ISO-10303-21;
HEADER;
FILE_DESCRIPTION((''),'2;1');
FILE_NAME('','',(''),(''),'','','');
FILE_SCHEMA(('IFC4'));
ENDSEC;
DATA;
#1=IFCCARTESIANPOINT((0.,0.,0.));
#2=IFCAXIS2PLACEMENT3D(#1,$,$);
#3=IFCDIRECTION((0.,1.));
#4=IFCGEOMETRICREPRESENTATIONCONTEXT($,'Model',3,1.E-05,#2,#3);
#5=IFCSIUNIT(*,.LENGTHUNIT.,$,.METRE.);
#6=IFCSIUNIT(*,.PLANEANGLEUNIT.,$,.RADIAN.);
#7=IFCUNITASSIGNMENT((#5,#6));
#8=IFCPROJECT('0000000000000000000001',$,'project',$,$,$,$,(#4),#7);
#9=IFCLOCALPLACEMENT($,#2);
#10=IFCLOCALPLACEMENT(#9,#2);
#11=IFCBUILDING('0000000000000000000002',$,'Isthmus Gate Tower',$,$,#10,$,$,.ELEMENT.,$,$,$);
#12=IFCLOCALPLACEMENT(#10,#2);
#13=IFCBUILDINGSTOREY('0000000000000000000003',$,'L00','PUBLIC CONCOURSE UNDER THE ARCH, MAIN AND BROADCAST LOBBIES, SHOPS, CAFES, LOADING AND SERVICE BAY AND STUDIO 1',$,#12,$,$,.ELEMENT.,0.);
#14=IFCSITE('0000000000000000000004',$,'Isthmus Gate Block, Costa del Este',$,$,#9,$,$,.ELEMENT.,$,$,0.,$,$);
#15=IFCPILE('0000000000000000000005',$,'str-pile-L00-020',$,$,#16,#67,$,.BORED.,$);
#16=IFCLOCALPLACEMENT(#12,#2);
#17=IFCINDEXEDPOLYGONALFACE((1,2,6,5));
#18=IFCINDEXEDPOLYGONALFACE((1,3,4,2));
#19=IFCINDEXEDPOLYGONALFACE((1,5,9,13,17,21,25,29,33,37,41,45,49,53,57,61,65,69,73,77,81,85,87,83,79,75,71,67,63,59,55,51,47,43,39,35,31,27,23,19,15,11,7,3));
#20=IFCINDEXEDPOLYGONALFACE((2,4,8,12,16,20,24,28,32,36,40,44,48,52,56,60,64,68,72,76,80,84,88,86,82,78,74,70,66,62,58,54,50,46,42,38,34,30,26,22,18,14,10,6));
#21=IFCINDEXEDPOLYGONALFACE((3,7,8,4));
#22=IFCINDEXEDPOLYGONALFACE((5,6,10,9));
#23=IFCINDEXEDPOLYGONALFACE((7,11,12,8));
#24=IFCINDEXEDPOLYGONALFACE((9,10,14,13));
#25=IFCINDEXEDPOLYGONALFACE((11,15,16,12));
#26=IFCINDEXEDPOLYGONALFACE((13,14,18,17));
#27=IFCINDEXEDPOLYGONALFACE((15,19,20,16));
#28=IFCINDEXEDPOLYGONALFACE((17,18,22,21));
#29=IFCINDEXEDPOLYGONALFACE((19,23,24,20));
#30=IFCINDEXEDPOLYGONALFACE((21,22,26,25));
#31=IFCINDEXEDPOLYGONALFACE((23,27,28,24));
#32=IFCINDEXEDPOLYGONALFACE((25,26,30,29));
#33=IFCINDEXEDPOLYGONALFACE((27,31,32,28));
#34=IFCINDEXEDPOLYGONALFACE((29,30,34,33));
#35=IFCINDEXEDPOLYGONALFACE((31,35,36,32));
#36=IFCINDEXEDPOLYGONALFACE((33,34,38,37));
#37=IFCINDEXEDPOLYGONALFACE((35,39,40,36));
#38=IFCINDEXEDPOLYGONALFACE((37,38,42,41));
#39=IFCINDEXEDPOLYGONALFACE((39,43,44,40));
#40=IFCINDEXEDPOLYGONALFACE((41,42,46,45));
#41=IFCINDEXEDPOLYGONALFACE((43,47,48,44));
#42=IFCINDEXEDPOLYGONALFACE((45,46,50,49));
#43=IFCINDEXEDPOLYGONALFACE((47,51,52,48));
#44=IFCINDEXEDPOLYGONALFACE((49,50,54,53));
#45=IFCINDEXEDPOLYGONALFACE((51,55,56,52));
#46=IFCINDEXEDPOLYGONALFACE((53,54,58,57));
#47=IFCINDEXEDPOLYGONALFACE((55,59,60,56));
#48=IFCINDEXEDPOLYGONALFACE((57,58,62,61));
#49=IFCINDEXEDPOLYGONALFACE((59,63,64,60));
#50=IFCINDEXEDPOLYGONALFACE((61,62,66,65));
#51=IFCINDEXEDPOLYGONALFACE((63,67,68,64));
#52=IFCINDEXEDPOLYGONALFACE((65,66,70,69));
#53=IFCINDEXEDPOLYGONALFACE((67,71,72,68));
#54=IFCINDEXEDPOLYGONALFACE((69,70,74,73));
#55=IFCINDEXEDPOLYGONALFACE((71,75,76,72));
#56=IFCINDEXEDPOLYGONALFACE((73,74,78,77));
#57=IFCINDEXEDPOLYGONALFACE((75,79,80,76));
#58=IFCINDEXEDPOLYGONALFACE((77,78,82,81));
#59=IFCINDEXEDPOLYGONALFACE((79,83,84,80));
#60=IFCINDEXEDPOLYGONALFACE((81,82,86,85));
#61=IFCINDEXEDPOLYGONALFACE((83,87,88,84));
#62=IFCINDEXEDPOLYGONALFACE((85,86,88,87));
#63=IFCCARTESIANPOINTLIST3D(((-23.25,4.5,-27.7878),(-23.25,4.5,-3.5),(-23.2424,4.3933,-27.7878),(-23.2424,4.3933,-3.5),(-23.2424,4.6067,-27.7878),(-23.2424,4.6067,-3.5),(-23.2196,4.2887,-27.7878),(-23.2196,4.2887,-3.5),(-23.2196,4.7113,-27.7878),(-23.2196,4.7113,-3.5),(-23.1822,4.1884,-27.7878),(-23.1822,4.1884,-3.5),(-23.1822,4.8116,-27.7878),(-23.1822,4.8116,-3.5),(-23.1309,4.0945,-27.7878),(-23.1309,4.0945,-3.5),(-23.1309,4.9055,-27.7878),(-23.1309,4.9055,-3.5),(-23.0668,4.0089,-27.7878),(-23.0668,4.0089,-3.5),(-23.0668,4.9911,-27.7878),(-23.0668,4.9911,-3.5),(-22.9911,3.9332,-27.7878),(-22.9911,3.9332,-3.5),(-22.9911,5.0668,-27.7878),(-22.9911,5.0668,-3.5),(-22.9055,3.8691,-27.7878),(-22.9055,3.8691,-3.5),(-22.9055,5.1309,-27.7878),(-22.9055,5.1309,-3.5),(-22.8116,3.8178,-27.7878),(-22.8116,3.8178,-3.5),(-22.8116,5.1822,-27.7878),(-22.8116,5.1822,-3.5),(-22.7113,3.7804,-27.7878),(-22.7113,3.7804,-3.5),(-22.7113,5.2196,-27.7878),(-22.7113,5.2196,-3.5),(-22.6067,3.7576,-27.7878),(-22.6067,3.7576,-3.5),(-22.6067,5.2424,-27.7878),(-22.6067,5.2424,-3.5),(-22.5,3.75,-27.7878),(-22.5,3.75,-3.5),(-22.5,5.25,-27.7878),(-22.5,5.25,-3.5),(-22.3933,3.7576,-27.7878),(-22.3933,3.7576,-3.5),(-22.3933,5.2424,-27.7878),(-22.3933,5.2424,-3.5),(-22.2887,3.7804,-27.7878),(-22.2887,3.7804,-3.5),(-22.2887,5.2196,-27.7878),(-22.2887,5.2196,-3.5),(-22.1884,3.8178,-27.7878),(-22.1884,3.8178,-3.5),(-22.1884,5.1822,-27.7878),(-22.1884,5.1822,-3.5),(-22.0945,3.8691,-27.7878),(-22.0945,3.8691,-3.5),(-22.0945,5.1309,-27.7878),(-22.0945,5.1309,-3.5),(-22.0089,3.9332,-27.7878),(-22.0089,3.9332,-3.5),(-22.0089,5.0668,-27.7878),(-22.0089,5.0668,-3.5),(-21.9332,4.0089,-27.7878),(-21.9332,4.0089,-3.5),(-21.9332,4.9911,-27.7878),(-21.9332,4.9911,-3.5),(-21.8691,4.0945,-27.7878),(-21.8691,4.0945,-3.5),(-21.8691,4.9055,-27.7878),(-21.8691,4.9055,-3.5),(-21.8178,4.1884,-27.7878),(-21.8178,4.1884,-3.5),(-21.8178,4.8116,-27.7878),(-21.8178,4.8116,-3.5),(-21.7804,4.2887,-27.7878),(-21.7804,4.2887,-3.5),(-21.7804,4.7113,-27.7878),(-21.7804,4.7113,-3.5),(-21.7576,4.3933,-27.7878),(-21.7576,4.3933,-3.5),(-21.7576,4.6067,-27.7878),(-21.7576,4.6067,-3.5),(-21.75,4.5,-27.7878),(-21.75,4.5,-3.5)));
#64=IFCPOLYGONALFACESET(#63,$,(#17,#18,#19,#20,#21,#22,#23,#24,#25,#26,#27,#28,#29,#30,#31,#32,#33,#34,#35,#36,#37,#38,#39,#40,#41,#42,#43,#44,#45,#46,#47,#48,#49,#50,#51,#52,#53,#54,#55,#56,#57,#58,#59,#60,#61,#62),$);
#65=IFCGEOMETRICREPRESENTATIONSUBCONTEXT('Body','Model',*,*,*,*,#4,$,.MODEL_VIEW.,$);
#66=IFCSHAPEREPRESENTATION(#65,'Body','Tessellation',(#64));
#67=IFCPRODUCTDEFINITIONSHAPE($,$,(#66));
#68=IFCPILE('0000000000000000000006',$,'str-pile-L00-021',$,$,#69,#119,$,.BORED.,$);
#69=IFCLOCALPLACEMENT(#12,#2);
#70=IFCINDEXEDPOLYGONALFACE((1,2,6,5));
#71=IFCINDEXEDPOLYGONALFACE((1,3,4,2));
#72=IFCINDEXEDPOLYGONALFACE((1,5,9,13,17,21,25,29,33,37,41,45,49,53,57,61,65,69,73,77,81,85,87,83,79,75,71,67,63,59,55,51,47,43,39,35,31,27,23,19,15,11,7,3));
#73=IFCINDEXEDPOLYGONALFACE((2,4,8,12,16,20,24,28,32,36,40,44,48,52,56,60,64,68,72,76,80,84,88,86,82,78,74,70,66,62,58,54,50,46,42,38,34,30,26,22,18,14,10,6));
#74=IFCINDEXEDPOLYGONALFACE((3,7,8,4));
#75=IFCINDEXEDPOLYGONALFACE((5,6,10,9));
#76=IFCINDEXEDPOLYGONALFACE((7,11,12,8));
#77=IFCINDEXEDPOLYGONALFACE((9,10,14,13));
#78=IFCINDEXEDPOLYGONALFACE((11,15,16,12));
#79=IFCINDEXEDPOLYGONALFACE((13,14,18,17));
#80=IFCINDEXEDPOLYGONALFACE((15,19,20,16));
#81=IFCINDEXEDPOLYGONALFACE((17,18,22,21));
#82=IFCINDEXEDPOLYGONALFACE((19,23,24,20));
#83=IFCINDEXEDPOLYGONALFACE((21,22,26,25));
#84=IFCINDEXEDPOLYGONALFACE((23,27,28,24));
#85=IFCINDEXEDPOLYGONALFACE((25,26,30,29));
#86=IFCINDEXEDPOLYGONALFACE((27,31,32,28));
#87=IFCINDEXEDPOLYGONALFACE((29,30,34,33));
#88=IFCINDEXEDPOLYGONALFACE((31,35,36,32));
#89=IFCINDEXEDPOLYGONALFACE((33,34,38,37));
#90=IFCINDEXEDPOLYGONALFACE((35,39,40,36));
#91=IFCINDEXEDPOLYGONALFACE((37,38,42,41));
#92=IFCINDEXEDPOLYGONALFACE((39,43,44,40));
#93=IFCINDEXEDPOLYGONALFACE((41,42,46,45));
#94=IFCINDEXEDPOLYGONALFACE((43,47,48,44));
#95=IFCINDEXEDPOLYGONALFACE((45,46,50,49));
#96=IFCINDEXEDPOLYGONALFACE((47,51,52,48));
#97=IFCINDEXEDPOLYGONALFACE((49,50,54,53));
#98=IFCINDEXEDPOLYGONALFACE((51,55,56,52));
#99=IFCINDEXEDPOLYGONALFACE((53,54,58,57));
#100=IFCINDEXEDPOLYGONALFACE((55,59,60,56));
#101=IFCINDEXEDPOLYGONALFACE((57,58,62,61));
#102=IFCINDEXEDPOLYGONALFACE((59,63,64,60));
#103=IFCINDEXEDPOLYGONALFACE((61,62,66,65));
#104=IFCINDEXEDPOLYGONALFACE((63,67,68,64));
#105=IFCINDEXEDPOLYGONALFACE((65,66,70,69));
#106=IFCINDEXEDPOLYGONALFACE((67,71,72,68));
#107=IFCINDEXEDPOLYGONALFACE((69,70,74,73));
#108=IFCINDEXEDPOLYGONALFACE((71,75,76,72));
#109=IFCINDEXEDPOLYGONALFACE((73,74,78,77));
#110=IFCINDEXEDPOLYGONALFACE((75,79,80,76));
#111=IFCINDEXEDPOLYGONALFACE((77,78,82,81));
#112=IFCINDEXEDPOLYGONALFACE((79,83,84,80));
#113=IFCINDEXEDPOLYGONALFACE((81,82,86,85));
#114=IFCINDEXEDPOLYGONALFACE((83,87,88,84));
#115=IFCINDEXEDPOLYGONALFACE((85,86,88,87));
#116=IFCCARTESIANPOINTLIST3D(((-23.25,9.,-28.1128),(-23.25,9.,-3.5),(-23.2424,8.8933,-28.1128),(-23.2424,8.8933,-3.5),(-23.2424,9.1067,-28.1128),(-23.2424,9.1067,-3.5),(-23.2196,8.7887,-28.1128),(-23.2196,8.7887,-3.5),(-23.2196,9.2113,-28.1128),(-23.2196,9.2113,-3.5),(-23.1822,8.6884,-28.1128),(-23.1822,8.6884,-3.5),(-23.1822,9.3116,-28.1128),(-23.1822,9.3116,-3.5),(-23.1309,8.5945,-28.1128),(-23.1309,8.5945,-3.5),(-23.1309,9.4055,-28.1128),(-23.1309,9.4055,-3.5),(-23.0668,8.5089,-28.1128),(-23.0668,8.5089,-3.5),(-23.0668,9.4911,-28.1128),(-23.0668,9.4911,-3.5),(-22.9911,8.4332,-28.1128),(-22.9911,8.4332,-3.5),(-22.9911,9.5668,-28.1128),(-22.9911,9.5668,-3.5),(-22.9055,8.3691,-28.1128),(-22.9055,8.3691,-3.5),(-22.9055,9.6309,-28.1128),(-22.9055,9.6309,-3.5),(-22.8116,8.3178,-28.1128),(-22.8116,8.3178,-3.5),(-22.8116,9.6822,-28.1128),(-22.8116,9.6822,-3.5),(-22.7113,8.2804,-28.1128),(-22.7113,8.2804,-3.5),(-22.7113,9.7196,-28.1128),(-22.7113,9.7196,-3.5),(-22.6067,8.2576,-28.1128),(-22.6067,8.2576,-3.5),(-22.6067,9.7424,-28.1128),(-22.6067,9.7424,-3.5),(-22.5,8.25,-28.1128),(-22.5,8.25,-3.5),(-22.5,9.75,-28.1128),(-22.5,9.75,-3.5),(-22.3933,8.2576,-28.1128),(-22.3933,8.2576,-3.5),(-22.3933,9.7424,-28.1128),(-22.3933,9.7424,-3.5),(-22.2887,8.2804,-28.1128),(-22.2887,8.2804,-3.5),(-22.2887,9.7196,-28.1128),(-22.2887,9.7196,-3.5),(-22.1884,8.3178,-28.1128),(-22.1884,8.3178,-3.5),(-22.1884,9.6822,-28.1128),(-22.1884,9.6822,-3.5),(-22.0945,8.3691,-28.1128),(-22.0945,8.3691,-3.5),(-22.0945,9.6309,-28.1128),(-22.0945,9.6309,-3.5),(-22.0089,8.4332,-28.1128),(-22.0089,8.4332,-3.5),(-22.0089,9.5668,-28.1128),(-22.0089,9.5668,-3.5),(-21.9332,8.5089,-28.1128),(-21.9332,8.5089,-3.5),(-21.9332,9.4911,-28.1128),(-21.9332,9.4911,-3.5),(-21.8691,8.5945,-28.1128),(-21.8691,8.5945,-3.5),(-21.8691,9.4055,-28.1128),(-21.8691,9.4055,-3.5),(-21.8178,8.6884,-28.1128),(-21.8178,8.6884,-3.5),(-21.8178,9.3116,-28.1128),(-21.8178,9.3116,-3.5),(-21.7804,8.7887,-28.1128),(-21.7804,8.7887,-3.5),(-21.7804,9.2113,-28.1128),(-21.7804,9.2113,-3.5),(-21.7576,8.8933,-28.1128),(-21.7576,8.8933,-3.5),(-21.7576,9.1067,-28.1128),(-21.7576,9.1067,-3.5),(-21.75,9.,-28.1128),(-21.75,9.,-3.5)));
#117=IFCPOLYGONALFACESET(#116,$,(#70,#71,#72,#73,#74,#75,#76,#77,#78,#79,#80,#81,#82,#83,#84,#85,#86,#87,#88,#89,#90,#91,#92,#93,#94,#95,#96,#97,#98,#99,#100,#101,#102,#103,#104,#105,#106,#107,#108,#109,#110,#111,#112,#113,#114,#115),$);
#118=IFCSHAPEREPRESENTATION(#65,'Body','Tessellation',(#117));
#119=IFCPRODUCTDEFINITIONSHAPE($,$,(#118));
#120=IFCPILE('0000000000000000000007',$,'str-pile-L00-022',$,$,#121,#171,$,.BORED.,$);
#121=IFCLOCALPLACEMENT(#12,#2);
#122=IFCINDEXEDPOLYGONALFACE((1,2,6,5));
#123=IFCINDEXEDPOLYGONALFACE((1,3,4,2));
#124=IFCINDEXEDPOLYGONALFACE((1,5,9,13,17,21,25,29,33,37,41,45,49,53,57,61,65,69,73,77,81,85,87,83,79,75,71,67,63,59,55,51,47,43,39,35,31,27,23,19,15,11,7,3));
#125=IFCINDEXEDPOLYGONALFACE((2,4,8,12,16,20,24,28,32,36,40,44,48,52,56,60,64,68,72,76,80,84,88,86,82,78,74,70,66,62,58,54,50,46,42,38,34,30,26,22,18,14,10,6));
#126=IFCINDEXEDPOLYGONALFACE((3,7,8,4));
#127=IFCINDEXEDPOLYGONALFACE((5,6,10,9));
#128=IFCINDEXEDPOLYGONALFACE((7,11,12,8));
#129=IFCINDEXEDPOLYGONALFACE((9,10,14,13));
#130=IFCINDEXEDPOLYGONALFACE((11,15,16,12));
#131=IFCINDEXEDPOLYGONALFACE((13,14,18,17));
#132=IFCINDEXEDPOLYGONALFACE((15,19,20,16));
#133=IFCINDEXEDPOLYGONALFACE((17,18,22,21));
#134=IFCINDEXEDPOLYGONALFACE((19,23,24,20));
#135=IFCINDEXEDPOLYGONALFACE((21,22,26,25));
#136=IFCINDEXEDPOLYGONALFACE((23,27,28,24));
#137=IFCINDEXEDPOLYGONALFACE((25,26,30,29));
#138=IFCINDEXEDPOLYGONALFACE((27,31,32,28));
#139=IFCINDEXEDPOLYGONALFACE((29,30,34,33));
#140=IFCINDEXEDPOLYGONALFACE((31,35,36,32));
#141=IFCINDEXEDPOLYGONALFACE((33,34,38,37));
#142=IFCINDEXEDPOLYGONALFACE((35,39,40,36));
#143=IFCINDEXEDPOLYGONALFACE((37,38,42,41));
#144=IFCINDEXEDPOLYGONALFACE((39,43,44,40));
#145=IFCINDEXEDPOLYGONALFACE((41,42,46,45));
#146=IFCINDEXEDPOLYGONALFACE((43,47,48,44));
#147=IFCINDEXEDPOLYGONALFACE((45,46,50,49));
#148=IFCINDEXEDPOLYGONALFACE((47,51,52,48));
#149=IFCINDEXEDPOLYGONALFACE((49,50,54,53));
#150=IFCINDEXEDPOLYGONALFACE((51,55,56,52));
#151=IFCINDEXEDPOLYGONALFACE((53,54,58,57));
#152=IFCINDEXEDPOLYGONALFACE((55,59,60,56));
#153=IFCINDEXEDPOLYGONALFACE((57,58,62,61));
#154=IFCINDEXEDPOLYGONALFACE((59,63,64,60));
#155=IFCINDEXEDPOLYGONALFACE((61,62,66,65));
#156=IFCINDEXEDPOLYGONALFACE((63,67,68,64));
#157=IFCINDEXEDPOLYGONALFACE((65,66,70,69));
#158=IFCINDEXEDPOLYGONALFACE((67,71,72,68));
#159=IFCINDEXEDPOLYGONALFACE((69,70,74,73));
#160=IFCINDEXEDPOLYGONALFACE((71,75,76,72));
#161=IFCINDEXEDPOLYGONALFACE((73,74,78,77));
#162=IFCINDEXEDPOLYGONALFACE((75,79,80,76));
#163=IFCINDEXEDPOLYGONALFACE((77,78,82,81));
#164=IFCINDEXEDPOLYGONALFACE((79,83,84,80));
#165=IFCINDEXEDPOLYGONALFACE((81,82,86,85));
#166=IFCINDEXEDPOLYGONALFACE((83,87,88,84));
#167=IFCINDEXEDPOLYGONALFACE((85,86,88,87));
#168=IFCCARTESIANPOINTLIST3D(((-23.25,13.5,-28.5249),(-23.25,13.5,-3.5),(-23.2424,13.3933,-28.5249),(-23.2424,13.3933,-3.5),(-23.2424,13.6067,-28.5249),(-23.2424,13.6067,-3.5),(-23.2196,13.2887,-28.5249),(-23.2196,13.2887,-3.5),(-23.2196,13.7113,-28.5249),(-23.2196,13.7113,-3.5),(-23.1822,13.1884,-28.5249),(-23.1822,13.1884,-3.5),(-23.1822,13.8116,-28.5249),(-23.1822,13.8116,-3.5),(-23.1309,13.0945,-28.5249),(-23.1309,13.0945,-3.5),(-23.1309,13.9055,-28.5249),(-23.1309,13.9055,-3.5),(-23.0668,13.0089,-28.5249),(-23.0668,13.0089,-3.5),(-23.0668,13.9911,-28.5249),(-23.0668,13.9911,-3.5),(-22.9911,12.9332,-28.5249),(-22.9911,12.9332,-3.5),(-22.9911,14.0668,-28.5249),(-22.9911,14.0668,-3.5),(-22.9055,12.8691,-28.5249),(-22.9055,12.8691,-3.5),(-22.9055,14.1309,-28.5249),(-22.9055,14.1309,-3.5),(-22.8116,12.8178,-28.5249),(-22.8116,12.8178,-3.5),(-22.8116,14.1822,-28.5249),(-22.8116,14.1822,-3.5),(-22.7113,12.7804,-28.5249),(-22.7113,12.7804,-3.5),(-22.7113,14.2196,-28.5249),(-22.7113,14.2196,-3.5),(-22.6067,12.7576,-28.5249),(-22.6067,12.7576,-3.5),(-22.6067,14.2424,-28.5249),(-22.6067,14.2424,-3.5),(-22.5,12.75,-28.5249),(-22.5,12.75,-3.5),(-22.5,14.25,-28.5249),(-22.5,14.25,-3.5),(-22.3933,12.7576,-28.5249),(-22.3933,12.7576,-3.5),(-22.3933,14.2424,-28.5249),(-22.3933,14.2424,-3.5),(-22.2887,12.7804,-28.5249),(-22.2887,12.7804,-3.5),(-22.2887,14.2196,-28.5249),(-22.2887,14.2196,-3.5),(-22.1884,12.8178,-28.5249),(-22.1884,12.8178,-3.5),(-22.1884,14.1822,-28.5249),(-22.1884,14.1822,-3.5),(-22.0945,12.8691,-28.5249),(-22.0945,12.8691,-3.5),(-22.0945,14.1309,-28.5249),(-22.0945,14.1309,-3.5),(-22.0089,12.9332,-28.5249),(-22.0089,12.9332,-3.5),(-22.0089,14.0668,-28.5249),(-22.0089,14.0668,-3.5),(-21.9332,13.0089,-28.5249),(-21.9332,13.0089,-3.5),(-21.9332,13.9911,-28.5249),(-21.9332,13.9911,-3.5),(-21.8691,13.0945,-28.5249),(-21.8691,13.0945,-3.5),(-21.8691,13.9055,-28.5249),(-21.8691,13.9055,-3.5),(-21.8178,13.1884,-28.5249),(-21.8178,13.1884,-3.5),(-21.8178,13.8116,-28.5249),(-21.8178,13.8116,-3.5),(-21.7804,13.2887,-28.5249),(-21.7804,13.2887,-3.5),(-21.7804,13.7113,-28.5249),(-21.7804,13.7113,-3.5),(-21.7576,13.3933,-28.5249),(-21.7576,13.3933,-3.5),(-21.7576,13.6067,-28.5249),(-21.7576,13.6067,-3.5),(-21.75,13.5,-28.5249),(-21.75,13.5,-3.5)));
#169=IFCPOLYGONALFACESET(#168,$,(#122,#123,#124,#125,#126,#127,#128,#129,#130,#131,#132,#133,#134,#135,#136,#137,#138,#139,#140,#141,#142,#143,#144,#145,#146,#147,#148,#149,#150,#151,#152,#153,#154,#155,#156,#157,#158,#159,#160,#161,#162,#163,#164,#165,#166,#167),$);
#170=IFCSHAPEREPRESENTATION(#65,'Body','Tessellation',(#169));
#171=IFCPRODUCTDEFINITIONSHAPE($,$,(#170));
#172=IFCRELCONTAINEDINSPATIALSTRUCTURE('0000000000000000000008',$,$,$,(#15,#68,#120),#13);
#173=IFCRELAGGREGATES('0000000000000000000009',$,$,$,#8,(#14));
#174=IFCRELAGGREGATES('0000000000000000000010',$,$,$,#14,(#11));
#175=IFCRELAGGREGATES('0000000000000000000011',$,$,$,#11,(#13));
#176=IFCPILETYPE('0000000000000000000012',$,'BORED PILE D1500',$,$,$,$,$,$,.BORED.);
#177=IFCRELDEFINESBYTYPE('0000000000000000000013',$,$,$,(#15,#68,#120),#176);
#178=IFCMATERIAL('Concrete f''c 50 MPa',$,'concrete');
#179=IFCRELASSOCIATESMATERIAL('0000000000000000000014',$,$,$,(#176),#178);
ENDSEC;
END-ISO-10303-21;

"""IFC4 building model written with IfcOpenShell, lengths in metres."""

from ifc_helpers import new_model, si_unit, direction, frame, origin, origin_2d, place, context, subcontext, project, spatial, circle, extrude, material, material_profile, profile_set, type_object, element, save


model = new_model("IFC4")

# Units and contexts
model_context = context("Model", 3, precision=1e-05, world=origin(), true_north=direction((0.0, 1.0)))
body_context = subcontext(model_context, "Body", "Model", "MODEL_VIEW")
ifc_project = project(units=[si_unit("LENGTHUNIT", "METRE"), si_unit("PLANEANGLEUNIT", "RADIAN")], contexts=[model_context])

# Site, building, storey
site_placement = place(None, origin())
site = spatial("IfcSite", under=ifc_project, at=site_placement, Name="Isthmus Gate Block, Costa del Este", CompositionType="ELEMENT", RefElevation=0.0)
building_placement = place(site_placement, origin())
building = spatial("IfcBuilding", under=site, at=building_placement, Name="Isthmus Gate Tower", CompositionType="ELEMENT")
storey_placement = place(building_placement, origin())
storey = spatial("IfcBuildingStorey", under=building, at=storey_placement, Name="L00", Description="PUBLIC CONCOURSE UNDER THE ARCH, MAIN AND BROADCAST LOBBIES, SHOPS, CAFES, LOADING AND SERVICE BAY AND STUDIO 1", CompositionType="ELEMENT", Elevation=0.0)

# Piles
ifc_material_1 = material(Name="Concrete f'c 50 MPa", Category="concrete")
ifc_material_profile_1 = material_profile(ifc_material_1, circle(Radius=0.75, at=origin_2d()), Name="D1500")
ifc_profile_set_1 = profile_set([ifc_material_profile_1], Name="Concrete f'c 50 MPa")
pile_type = type_object("IfcPileType", Name="BORED PILE D1500", PredefinedType="BORED", material=ifc_profile_set_1)
pile_1_placement = place(storey_placement, frame((-22.5, 4.5, -3.5), z_axis=(0.0, 0.0, -1.0), x_axis=(1.0, 0.0, 0.0)))
element("IfcPile", 1, at=pile_1_placement, inside=storey, type_object=pile_type, Name="str-pile-L00-020", PredefinedType="BORED", context=body_context, shape_type="SweptSolid", body=[
    extrude(circle(Radius=0.75, at=origin_2d()), origin(), (0.0, 0.0, 1.0), 24.2878),
])
pile_2_placement = place(storey_placement, frame((-22.5, 9.0, -3.5), z_axis=(0.0, 0.0, -1.0), x_axis=(1.0, 0.0, 0.0)))
element("IfcPile", 2, at=pile_2_placement, inside=storey, type_object=pile_type, Name="str-pile-L00-021", PredefinedType="BORED", context=body_context, shape_type="SweptSolid", body=[
    extrude(circle(Radius=0.75, at=origin_2d()), origin(), (0.0, 0.0, 1.0), 24.6128),
])
pile_3_placement = place(storey_placement, frame((-22.5, 13.5, -3.5), z_axis=(0.0, 0.0, -1.0), x_axis=(1.0, 0.0, 0.0)))
element("IfcPile", 3, at=pile_3_placement, inside=storey, type_object=pile_type, Name="str-pile-L00-022", PredefinedType="BORED", context=body_context, shape_type="SweptSolid", body=[
    extrude(circle(Radius=0.75, at=origin_2d()), origin(), (0.0, 0.0, 1.0), 25.0249),
])

save(model, "model.ifc")
